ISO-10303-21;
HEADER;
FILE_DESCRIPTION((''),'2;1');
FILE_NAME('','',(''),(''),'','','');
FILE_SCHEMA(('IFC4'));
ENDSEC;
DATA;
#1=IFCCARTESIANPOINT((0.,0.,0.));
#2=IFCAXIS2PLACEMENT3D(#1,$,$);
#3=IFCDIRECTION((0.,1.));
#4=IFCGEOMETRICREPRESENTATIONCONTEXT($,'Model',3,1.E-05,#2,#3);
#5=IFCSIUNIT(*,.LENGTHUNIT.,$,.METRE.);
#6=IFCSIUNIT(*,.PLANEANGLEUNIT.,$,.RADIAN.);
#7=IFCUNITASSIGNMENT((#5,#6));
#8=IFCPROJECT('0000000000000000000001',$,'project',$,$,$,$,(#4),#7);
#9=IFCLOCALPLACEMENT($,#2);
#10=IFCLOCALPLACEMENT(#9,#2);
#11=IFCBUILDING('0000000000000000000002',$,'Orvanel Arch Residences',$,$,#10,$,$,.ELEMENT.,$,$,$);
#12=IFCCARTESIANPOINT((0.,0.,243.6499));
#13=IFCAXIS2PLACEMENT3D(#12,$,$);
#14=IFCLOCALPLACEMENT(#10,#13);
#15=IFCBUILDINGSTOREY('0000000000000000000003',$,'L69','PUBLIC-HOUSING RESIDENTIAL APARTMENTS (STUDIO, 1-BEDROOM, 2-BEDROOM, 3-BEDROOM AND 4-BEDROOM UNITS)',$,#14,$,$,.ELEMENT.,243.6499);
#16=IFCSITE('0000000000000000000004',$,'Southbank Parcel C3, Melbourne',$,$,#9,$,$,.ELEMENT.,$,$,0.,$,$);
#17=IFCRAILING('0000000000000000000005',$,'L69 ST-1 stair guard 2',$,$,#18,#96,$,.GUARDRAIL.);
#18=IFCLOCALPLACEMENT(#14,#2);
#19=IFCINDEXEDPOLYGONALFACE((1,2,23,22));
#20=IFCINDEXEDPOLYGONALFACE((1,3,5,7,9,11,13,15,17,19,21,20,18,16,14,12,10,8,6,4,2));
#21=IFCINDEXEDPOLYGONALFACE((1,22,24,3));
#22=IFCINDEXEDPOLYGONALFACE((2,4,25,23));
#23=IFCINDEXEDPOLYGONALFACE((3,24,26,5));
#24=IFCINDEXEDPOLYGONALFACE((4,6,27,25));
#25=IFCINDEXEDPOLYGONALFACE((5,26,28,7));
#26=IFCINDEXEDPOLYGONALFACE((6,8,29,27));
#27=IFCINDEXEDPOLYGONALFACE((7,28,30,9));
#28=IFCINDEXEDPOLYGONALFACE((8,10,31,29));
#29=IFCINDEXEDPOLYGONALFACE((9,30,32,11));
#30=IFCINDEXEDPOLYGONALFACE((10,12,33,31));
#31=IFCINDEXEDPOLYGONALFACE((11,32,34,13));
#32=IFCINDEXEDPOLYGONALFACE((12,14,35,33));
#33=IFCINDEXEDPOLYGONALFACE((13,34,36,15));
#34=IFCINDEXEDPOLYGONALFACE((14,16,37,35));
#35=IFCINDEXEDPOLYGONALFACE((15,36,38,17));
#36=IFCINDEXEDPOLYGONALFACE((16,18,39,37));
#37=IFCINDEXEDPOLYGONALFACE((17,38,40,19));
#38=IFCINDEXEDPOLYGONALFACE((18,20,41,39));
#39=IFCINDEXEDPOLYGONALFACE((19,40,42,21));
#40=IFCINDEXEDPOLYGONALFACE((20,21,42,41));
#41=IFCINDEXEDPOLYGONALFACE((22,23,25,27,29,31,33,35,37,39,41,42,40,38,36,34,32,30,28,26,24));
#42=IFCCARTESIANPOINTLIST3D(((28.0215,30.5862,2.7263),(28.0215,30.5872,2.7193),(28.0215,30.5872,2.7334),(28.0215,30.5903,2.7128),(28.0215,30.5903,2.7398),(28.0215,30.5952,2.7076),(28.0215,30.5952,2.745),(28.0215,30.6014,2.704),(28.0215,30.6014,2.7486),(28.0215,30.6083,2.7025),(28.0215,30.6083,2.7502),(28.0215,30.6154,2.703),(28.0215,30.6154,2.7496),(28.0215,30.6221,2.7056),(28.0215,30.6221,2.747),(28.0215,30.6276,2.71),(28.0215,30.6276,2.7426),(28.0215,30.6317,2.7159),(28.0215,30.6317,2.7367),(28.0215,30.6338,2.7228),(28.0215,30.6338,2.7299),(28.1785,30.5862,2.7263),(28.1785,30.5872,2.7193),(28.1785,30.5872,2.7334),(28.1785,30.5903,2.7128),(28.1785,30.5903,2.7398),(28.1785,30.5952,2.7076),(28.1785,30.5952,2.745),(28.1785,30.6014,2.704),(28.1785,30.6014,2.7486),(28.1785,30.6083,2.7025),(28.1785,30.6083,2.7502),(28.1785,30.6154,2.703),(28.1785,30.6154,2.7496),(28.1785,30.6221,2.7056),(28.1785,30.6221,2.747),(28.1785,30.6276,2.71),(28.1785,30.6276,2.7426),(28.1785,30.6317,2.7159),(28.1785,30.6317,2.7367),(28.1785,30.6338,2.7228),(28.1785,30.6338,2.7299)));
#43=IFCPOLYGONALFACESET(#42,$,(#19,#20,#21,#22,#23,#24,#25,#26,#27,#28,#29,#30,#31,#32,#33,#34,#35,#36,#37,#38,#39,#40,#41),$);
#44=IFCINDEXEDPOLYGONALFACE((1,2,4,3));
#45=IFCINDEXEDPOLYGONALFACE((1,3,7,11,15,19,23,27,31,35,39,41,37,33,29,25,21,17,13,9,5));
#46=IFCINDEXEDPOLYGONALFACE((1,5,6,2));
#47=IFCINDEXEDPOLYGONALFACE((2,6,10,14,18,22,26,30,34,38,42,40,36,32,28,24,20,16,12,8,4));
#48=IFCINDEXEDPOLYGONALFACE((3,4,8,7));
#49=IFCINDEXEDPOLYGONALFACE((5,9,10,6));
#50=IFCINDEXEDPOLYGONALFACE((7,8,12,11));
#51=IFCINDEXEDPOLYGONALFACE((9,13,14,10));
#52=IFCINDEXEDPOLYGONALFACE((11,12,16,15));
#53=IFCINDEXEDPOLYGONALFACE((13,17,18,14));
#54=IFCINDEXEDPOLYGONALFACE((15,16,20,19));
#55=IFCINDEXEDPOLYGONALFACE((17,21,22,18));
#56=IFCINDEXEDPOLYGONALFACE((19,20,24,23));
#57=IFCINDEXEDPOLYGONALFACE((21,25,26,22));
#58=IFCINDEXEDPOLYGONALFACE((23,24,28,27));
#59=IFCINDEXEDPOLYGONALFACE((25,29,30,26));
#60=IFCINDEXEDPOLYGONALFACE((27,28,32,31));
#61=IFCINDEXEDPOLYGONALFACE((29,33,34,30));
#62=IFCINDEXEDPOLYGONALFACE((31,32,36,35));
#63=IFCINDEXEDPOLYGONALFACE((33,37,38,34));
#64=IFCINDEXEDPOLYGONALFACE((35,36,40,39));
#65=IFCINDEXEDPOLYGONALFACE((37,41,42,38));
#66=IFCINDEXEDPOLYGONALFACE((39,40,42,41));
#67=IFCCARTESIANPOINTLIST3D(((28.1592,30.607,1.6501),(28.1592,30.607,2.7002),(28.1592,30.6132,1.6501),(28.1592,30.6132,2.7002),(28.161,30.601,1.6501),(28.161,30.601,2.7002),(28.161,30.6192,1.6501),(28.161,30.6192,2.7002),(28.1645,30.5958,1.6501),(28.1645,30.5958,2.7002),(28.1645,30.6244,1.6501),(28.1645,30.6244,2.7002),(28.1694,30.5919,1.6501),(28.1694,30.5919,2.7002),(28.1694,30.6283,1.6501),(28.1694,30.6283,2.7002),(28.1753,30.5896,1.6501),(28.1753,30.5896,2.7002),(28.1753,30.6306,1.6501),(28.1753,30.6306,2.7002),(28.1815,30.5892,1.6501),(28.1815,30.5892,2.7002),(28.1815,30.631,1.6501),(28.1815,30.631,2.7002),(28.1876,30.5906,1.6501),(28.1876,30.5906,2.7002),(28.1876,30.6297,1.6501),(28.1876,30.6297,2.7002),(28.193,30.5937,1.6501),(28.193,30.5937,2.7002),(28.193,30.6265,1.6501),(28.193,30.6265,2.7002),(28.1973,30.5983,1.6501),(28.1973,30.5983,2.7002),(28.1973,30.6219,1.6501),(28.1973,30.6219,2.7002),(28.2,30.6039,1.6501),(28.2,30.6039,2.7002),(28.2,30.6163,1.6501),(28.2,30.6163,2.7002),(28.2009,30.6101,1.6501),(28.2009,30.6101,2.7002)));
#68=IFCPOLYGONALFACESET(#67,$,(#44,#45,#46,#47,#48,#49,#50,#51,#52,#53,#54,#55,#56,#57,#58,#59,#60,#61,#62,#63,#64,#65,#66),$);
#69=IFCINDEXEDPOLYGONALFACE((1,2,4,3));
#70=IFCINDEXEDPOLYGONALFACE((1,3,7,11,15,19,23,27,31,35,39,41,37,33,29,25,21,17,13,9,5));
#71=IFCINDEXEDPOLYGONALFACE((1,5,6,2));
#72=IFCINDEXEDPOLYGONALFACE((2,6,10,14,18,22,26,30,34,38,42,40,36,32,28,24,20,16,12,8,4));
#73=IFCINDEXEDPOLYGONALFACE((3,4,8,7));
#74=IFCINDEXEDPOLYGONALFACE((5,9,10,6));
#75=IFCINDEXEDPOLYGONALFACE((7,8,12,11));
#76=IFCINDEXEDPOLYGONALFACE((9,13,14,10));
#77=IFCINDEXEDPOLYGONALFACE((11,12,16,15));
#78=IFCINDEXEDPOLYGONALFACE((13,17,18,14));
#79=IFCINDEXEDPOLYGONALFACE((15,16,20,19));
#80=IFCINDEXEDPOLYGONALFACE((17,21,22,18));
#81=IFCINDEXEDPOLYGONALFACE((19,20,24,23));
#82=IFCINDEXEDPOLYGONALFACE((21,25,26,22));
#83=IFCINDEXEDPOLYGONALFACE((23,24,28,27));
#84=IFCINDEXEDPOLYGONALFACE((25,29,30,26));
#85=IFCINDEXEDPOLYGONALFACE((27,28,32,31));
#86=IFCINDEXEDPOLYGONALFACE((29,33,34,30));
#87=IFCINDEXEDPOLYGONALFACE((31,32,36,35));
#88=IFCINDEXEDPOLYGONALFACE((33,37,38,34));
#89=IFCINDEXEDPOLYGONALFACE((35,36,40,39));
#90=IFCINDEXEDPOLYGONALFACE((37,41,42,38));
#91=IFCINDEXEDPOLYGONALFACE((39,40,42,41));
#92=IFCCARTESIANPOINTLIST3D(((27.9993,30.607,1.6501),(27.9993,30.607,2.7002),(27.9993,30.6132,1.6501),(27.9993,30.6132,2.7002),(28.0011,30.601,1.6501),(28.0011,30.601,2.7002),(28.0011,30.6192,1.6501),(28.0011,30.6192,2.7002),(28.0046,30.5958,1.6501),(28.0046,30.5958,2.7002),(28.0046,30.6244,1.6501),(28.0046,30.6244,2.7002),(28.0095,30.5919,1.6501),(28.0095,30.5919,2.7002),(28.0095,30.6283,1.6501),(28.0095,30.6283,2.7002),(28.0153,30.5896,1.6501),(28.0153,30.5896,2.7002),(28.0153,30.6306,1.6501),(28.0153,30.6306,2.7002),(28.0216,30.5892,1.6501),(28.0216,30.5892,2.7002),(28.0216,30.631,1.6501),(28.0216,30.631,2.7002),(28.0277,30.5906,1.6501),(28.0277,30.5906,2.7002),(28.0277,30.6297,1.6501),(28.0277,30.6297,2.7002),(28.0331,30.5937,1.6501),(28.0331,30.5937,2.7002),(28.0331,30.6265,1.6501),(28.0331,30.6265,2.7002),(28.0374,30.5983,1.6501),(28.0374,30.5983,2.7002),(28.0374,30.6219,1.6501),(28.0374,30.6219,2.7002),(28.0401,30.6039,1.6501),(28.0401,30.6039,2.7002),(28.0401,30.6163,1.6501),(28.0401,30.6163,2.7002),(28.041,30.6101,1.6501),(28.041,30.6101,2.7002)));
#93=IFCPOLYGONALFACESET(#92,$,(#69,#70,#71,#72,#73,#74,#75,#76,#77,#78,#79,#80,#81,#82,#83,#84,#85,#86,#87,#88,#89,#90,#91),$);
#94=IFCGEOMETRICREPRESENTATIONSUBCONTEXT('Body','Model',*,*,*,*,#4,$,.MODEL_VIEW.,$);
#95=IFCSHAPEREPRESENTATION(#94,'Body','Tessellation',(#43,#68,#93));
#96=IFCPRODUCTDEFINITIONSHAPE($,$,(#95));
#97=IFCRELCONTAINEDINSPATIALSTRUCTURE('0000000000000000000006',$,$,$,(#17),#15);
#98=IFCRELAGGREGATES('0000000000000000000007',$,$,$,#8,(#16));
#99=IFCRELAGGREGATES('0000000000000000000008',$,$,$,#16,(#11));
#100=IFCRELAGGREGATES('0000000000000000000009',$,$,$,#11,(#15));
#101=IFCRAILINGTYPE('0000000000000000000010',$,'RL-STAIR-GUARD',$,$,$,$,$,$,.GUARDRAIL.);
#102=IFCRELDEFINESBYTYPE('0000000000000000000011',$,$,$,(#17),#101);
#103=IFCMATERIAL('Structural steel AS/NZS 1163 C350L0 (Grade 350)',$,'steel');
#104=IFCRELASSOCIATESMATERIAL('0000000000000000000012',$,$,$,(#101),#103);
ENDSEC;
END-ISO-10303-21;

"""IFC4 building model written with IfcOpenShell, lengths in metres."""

from ifc_helpers import new_model, si_unit, direction, frame, origin, origin_2d, place, context, subcontext, project, spatial, circle, extrude, material, type_object, element, save


model = new_model("IFC4")

# Units and contexts
model_context = context("Model", 3, precision=1e-05, world=origin(), true_north=direction((0.0, 1.0)))
body_context = subcontext(model_context, "Body", "Model", "MODEL_VIEW")
ifc_project = project(units=[si_unit("LENGTHUNIT", "METRE"), si_unit("PLANEANGLEUNIT", "RADIAN")], contexts=[model_context])

# Site, building, storey
site_placement = place(None, origin())
site = spatial("IfcSite", under=ifc_project, at=site_placement, Name="Southbank Parcel C3, Melbourne", CompositionType="ELEMENT", RefElevation=0.0)
building_placement = place(site_placement, origin())
building = spatial("IfcBuilding", under=site, at=building_placement, Name="Orvanel Arch Residences", CompositionType="ELEMENT")
storey_placement = place(building_placement, frame((0.0, 0.0, 243.6499)))
storey = spatial("IfcBuildingStorey", under=building, at=storey_placement, Name="L69", Description="PUBLIC-HOUSING RESIDENTIAL APARTMENTS (STUDIO, 1-BEDROOM, 2-BEDROOM, 3-BEDROOM AND 4-BEDROOM UNITS)", CompositionType="ELEMENT", Elevation=243.6499)

# Railing
ifc_material_1 = material(Name="Structural steel AS/NZS 1163 C350L0 (Grade 350)", Category="steel")
railing_type_1 = type_object("IfcRailingType", Name="RL-STAIR-GUARD", PredefinedType="GUARDRAIL", material=ifc_material_1)
railing_1_placement = place(storey_placement, frame((28.1799, 30.6101, 1.6501)))
element("IfcRailing", 1, at=railing_1_placement, inside=storey, type_object=railing_type_1, Name="L69 ST-1 stair guard 2", PredefinedType="GUARDRAIL", context=body_context, shape_type="SweptSolid", body=[
    extrude(circle(Radius=0.0239, at=origin_2d()), frame((-0.0015, 0.0, 1.0762), z_axis=(-1.0, 0.0, 0.0), x_axis=(0.0, -1.0, 0.0)), (0.0, 0.0, 1.0), 0.157),
    extrude(circle(Radius=0.021, at=origin_2d()), origin(), (0.0, 0.0, 1.0), 1.05),
    extrude(circle(Radius=0.021, at=origin_2d()), frame((-0.1599, 0.0, 0.0)), (0.0, 0.0, 1.0), 1.05),
])

save(model, "model.ifc")
